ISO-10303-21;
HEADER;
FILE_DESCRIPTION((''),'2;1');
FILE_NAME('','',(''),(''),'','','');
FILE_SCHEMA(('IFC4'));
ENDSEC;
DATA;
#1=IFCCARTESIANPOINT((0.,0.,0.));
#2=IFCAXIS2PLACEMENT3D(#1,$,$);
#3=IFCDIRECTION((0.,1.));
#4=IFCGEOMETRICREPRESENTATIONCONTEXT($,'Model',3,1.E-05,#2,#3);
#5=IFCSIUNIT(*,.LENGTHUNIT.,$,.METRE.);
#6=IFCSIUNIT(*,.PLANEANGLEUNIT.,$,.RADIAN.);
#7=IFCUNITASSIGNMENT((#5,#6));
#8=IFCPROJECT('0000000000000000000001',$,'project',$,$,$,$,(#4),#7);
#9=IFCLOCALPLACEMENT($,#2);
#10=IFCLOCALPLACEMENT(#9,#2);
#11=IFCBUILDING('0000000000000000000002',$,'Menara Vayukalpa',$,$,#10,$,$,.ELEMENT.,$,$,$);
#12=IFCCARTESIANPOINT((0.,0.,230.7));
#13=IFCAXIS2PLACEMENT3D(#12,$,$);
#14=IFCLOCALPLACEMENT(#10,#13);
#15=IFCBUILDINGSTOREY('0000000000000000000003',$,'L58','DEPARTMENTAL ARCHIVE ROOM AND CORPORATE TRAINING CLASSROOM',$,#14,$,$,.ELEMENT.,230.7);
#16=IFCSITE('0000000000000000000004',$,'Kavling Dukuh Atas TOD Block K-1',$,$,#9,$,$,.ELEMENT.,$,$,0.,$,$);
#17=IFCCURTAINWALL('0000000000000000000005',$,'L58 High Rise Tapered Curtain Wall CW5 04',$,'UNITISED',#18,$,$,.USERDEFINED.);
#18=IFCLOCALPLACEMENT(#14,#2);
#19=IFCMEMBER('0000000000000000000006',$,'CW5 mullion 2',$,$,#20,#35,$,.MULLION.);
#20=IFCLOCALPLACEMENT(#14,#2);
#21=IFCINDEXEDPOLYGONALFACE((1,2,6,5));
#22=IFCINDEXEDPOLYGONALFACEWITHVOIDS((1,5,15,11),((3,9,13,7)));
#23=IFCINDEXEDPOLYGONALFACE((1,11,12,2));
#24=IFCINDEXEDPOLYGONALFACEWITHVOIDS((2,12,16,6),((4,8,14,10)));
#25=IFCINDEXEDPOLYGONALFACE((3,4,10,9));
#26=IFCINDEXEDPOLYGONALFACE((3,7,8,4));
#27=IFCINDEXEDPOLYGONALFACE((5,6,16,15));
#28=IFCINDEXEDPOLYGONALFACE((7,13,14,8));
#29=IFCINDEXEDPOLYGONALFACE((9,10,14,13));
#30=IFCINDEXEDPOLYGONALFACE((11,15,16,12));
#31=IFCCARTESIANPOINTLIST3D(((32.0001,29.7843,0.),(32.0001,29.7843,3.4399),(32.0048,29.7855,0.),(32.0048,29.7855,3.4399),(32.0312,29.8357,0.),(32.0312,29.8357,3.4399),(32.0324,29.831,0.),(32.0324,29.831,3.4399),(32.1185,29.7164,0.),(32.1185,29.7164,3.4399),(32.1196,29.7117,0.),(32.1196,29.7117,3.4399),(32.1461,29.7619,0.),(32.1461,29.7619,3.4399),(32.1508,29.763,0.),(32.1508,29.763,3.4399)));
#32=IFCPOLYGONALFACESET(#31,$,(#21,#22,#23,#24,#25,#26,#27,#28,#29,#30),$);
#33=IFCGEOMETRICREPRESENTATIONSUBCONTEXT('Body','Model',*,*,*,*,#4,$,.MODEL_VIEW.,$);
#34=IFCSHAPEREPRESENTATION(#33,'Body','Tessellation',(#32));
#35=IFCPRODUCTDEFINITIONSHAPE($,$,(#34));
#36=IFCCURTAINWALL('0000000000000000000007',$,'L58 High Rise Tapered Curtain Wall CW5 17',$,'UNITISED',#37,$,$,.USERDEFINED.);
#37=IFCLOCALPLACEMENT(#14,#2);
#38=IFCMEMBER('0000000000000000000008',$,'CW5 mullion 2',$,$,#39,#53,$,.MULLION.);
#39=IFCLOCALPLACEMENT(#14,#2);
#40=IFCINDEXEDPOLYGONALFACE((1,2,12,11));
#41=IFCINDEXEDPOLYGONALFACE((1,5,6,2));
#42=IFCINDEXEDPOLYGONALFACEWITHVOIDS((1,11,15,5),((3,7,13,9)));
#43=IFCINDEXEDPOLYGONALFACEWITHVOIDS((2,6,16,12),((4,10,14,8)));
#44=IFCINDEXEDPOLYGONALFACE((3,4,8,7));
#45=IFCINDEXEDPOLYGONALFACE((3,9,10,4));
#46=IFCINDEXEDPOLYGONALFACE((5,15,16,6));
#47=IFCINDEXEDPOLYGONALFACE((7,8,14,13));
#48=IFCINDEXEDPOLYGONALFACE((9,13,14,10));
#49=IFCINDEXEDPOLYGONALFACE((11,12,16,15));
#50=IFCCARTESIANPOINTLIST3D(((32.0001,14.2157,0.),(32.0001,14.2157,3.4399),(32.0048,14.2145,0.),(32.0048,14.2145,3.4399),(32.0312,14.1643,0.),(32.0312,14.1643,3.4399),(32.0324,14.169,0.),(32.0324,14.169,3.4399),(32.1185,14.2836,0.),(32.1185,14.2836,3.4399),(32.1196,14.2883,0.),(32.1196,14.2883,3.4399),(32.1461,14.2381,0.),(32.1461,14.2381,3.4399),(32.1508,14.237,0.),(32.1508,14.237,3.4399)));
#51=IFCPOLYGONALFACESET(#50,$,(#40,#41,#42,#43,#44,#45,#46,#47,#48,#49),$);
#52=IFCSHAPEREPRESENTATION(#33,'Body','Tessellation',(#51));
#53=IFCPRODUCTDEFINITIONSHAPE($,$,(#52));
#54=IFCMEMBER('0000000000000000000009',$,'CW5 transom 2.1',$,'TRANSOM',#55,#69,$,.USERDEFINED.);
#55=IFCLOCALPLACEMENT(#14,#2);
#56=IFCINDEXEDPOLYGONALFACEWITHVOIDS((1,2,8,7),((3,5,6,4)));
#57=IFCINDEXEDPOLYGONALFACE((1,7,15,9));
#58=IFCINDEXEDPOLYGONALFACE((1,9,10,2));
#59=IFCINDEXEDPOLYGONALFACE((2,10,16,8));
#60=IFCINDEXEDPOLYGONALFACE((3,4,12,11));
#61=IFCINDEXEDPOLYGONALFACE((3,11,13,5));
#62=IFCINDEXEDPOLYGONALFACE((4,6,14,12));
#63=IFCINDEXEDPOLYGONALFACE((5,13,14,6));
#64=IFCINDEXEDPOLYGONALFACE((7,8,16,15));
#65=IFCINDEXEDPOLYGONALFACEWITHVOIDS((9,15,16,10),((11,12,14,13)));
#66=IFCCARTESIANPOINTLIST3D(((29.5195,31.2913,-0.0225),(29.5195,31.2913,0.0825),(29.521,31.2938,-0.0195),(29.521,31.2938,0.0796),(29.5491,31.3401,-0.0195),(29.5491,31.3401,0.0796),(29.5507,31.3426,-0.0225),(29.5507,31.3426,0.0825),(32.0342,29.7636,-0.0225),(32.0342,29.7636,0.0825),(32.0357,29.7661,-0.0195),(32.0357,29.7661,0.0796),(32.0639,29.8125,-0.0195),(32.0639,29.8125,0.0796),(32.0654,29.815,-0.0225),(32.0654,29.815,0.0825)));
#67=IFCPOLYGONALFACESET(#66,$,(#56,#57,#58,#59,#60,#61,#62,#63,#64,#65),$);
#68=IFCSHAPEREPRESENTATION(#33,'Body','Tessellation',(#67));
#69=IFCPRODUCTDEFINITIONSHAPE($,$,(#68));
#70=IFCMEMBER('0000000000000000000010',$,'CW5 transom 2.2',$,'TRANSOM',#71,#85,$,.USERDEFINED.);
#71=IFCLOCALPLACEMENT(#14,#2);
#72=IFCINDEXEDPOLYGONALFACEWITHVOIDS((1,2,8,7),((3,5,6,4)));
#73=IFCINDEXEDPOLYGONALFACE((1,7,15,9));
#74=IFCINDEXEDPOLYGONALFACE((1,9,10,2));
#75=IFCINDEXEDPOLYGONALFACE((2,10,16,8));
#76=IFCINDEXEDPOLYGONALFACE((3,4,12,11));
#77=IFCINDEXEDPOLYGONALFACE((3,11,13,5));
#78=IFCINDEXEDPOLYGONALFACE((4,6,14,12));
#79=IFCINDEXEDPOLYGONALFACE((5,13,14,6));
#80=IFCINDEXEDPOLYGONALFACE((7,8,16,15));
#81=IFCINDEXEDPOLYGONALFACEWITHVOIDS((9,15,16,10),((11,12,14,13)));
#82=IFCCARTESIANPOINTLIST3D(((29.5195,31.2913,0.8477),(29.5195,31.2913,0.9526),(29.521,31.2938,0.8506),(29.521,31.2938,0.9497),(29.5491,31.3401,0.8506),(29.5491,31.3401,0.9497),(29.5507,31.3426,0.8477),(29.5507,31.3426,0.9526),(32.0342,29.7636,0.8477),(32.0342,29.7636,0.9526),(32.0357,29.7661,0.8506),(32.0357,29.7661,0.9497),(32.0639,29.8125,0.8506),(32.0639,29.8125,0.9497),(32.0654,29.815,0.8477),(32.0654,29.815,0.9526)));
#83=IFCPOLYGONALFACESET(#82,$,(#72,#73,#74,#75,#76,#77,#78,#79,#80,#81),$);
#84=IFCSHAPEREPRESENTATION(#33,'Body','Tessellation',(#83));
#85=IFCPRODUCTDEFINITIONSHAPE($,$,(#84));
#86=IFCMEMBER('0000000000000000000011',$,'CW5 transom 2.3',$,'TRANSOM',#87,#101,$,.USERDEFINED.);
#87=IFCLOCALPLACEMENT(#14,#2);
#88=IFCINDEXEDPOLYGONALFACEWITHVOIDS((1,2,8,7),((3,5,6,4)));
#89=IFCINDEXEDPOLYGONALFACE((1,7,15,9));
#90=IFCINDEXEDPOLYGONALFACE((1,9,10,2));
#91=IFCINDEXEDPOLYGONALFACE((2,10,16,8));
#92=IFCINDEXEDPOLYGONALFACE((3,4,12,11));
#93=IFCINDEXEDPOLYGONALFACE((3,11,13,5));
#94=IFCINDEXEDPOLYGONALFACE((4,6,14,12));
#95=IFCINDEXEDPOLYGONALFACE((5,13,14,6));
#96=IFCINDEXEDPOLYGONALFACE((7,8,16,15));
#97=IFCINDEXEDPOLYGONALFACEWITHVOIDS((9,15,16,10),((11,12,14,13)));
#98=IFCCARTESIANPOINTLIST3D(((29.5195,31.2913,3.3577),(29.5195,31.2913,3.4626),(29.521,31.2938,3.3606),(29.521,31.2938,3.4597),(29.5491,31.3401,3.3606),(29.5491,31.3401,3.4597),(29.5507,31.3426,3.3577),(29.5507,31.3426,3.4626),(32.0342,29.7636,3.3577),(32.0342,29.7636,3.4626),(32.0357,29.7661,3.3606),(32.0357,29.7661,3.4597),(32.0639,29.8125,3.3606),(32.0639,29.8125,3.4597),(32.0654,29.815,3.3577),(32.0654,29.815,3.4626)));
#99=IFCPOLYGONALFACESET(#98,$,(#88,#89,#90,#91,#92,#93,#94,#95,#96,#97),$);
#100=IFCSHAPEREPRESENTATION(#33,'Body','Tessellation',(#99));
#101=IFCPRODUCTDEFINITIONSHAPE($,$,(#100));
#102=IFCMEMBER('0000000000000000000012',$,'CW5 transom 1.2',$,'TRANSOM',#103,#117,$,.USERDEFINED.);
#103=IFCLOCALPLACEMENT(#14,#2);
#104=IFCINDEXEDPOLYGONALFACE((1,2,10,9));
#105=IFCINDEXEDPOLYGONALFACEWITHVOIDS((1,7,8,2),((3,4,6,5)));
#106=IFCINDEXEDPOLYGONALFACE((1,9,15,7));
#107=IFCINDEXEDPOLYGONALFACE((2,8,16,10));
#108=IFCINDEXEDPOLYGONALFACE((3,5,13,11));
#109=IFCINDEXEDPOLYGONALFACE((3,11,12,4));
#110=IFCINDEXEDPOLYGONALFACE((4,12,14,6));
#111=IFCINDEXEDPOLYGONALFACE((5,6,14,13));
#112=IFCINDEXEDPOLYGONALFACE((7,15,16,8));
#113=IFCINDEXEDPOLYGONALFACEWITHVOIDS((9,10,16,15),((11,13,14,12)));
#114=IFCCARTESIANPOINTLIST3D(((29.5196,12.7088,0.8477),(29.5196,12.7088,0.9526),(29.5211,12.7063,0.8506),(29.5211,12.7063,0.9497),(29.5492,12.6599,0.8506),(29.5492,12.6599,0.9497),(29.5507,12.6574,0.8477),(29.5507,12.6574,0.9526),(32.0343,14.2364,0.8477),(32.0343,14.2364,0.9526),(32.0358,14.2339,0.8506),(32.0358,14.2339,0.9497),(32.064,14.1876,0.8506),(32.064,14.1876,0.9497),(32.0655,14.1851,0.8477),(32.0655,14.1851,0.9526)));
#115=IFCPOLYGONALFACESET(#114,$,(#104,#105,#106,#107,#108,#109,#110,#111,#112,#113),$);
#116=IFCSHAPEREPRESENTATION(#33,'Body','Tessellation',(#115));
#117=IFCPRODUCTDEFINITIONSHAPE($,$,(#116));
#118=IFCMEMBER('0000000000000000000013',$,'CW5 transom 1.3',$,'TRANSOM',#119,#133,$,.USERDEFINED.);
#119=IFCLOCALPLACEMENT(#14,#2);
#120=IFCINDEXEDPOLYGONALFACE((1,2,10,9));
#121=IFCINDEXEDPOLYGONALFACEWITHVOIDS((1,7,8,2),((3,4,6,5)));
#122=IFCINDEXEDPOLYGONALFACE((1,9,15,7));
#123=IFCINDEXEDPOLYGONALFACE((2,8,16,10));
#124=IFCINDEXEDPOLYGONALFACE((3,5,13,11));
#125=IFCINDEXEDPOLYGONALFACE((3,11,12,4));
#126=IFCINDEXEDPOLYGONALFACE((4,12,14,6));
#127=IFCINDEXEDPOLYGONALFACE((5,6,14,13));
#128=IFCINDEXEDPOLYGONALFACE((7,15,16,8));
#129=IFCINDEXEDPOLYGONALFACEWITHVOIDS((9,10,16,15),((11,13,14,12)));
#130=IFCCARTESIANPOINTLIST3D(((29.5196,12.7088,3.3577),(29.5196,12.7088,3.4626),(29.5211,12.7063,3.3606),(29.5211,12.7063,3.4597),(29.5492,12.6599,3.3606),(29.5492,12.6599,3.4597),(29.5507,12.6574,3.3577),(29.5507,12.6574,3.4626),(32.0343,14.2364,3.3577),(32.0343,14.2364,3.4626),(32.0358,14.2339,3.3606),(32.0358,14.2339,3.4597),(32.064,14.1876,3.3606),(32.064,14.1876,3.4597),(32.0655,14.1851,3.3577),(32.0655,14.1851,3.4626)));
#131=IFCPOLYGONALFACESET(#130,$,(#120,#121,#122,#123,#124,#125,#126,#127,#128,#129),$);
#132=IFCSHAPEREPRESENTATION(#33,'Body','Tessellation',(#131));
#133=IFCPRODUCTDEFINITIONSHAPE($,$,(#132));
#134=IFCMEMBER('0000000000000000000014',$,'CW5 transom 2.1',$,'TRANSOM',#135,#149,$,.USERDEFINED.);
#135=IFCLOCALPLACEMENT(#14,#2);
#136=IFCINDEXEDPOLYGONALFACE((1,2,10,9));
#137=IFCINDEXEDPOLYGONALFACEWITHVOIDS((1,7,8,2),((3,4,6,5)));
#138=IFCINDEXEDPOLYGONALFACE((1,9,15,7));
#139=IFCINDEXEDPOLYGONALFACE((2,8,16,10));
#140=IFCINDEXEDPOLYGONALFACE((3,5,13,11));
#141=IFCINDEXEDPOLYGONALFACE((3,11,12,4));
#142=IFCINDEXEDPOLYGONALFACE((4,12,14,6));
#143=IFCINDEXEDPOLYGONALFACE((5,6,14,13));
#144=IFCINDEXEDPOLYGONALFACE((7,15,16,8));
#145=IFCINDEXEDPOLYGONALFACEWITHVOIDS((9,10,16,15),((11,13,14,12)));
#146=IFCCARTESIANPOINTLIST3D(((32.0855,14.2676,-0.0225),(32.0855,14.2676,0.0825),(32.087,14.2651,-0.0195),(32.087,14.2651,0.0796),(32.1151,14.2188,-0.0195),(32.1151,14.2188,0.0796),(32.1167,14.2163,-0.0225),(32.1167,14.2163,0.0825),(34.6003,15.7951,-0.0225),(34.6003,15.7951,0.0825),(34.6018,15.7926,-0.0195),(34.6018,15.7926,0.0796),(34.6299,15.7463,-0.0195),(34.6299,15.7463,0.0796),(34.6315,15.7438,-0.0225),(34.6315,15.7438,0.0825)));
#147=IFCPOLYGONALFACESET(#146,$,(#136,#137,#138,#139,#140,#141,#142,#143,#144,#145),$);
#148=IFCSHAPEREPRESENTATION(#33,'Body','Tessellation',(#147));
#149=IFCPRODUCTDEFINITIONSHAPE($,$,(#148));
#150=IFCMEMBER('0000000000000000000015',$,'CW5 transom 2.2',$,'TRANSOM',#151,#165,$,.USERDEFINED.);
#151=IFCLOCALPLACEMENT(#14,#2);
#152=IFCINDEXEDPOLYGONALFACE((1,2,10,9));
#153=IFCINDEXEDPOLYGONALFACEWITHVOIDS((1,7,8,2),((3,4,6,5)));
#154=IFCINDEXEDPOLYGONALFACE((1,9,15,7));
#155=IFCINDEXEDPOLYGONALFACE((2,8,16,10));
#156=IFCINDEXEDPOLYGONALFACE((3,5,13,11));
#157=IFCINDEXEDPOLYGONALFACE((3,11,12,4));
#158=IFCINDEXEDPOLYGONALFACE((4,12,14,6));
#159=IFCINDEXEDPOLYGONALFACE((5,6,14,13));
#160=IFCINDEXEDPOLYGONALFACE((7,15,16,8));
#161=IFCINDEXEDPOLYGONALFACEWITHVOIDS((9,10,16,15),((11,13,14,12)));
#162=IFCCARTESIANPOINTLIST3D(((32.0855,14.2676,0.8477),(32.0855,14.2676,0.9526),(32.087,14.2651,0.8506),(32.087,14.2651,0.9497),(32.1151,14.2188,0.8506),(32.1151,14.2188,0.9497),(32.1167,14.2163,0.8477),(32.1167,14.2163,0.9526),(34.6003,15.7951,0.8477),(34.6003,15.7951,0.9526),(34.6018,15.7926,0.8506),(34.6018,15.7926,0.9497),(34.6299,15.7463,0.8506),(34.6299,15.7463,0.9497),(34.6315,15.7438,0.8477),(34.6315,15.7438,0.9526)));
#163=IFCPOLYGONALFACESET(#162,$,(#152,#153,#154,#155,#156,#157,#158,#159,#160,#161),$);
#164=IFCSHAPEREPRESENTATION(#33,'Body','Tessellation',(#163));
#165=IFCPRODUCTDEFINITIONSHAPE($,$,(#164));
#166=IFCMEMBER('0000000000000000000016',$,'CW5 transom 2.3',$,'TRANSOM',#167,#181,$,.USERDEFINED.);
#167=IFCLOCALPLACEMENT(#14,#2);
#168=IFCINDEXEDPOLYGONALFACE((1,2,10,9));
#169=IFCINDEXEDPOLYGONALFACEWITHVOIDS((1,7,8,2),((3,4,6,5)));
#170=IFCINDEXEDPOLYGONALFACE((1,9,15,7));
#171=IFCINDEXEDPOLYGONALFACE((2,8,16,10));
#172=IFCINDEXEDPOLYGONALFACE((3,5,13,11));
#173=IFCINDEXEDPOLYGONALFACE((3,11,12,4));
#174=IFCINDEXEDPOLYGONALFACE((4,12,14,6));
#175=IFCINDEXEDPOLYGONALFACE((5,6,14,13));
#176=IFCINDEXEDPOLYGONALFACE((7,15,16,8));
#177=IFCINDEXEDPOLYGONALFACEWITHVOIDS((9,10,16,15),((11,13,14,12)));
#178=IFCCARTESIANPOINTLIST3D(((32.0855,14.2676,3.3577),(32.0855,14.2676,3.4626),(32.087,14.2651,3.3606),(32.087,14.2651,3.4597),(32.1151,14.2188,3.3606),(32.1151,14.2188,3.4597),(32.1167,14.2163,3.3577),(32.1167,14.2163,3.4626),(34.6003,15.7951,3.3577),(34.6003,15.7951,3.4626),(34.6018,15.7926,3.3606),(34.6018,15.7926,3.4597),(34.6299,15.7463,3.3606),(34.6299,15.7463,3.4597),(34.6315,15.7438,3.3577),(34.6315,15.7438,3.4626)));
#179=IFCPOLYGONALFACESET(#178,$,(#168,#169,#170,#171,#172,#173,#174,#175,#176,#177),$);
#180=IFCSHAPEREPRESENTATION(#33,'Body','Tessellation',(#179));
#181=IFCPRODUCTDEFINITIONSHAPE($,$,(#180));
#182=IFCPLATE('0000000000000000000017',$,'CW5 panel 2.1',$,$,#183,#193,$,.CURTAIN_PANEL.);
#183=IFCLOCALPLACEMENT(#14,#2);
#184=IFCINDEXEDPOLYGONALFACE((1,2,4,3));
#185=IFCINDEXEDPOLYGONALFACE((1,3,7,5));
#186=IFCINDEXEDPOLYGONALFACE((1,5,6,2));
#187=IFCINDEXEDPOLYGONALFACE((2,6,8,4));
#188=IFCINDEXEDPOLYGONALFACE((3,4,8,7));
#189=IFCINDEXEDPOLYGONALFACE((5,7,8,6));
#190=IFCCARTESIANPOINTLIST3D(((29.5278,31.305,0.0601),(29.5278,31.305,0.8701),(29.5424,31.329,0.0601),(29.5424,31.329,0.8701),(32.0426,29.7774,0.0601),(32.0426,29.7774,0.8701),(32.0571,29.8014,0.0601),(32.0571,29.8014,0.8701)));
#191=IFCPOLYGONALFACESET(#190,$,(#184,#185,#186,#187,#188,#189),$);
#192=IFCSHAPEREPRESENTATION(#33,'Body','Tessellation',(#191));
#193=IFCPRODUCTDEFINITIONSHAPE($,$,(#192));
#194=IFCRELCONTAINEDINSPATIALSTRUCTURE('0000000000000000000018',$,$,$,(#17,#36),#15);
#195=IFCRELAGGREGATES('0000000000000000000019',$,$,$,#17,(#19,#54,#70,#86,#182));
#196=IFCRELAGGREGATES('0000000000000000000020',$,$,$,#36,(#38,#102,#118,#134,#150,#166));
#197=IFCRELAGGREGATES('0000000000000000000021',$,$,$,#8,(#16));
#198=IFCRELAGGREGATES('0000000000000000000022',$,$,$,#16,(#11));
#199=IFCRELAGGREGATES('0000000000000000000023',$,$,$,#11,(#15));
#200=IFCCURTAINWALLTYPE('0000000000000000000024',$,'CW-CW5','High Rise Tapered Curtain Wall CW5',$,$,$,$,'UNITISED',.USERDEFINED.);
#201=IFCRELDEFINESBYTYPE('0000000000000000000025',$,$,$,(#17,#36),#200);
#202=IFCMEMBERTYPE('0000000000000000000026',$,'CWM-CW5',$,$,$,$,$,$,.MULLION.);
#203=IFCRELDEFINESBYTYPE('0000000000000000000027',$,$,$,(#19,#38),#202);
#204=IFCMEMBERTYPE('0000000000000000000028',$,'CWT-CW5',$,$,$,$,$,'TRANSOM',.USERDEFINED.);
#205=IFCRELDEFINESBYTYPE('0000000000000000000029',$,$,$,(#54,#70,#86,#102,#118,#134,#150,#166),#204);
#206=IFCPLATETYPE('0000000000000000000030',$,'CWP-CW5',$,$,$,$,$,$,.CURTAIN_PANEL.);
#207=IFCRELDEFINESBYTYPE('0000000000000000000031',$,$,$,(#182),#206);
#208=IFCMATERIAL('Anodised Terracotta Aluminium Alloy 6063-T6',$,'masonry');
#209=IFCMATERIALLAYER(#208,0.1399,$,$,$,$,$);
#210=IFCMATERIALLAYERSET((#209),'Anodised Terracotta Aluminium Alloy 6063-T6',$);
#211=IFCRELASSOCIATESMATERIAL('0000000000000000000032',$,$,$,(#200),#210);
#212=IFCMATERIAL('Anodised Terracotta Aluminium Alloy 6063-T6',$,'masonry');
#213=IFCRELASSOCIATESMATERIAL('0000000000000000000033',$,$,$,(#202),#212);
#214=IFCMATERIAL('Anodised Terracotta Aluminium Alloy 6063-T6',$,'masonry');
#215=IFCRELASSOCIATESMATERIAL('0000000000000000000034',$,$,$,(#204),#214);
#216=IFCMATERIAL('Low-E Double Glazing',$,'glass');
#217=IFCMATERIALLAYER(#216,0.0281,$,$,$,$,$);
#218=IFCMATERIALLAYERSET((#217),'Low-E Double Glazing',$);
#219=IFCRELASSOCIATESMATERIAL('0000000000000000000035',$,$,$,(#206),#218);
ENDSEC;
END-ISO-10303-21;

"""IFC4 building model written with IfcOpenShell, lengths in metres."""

from ifc_helpers import new_model, si_unit, direction, frame, origin, origin_2d, place, context, subcontext, project, spatial, rectangle, hollow_rectangle, extrude, material, layer, layer_set, material_profile, profile_set, type_object, element, aggregate, save


model = new_model("IFC4")

# Units and contexts
model_context = context("Model", 3, precision=1e-05, world=origin(), true_north=direction((0.0, 1.0)))
body_context = subcontext(model_context, "Body", "Model", "MODEL_VIEW")
ifc_project = project(units=[si_unit("LENGTHUNIT", "METRE"), si_unit("PLANEANGLEUNIT", "RADIAN")], contexts=[model_context])

# Site, building, storey
site_placement = place(None, origin())
site = spatial("IfcSite", under=ifc_project, at=site_placement, Name="Kavling Dukuh Atas TOD Block K-1", CompositionType="ELEMENT", RefElevation=0.0)
building_placement = place(site_placement, origin())
building = spatial("IfcBuilding", under=site, at=building_placement, Name="Menara Vayukalpa", CompositionType="ELEMENT")
storey_placement = place(building_placement, frame((0.0, 0.0, 230.7)))
storey = spatial("IfcBuildingStorey", under=building, at=storey_placement, Name="L58", Description="DEPARTMENTAL ARCHIVE ROOM AND CORPORATE TRAINING CLASSROOM", CompositionType="ELEMENT", Elevation=230.7)

# Curtain walls, members
ifc_material_1 = material(Name="Anodised Terracotta Aluminium Alloy 6063-T6", Category="masonry")
ifc_layer_1 = layer(ifc_material_1, 0.1399)
ifc_layer_set_1 = layer_set([ifc_layer_1], Name="Anodised Terracotta Aluminium Alloy 6063-T6")
curtain_wall_type = type_object("IfcCurtainWallType", Name="CW-CW5", Description="High Rise Tapered Curtain Wall CW5", ElementType="UNITISED", PredefinedType="USERDEFINED", material=ifc_layer_set_1)
curtain_wall_1_placement = place(storey_placement, origin())
curtain_wall_1 = element("IfcCurtainWall", 1, at=curtain_wall_1_placement, inside=storey, type_object=curtain_wall_type, Name="L58 High Rise Tapered Curtain Wall CW5 04", ObjectType="UNITISED", PredefinedType="USERDEFINED")
ifc_material_2 = material(Name="Anodised Terracotta Aluminium Alloy 6063-T6", Category="masonry")
ifc_material_profile_1 = material_profile(ifc_material_2, hollow_rectangle(XDim=0.0601, YDim=0.1399, WallThickness=0.0034, at=origin_2d()), Name="ALU 60x140x3.5")
ifc_profile_set_1 = profile_set([ifc_material_profile_1], Name="Anodised Terracotta Aluminium Alloy 6063-T6")
member_type_1 = type_object("IfcMemberType", Name="CWM-CW5", PredefinedType="MULLION", material=ifc_profile_set_1)
member_1_placement = place(storey_placement, frame((32.0754, 29.7737, 0.0), z_axis=(0.0, 0.0, 1.0), x_axis=(-0.51918, -0.854665, 0.0)))
member_1 = element("IfcMember", 2, at=member_1_placement, type_object=member_type_1, Name="CW5 mullion 2", PredefinedType="MULLION", context=body_context, shape_type="SweptSolid", body=[
    extrude(hollow_rectangle(XDim=0.0601, YDim=0.1399, WallThickness=0.0034, at=origin_2d()), origin(), (0.0, 0.0, 1.0), 3.4399),
])
curtain_wall_2_placement = place(storey_placement, origin())
curtain_wall_2 = element("IfcCurtainWall", 3, at=curtain_wall_2_placement, inside=storey, type_object=curtain_wall_type, Name="L58 High Rise Tapered Curtain Wall CW5 17", ObjectType="UNITISED", PredefinedType="USERDEFINED")
member_2_placement = place(storey_placement, frame((32.0754, 14.2263, 0.0), z_axis=(0.0, 0.0, 1.0), x_axis=(-0.51918, 0.854665, 0.0)))
member_2 = element("IfcMember", 4, at=member_2_placement, type_object=member_type_1, Name="CW5 mullion 2", PredefinedType="MULLION", context=body_context, shape_type="SweptSolid", body=[
    extrude(hollow_rectangle(XDim=0.0601, YDim=0.1399, WallThickness=0.0034, at=origin_2d()), origin(), (0.0, 0.0, 1.0), 3.4399),
])

# Members
ifc_material_3 = material(Name="Anodised Terracotta Aluminium Alloy 6063-T6", Category="masonry")
ifc_material_profile_2 = material_profile(ifc_material_3, hollow_rectangle(XDim=0.0601, YDim=0.105, WallThickness=0.0029, at=origin_2d()), Name="ALU 60x105x3")
ifc_profile_set_2 = profile_set([ifc_material_profile_2], Name="Anodised Terracotta Aluminium Alloy 6063-T6")
member_type_2 = type_object("IfcMemberType", Name="CWT-CW5", ElementType="TRANSOM", PredefinedType="USERDEFINED", material=ifc_profile_set_2)
member_3_placement = place(storey_placement, frame((32.0498, 29.7893, 0.03), z_axis=(-0.854661, 0.519186, 0.0), x_axis=(-0.519186, -0.854661, 0.0)))
member_3 = element("IfcMember", 5, at=member_3_placement, type_object=member_type_2, Name="CW5 transom 2.1", ObjectType="TRANSOM", PredefinedType="USERDEFINED", context=body_context, shape_type="SweptSolid", body=[
    extrude(hollow_rectangle(XDim=0.0601, YDim=0.105, WallThickness=0.0029, at=origin_2d()), origin(), (0.0, 0.0, 1.0), 2.9424),
])
member_4_placement = place(storey_placement, frame((32.0498, 29.7893, 0.9001), z_axis=(-0.854661, 0.519186, 0.0), x_axis=(-0.519186, -0.854661, 0.0)))
member_4 = element("IfcMember", 6, at=member_4_placement, type_object=member_type_2, Name="CW5 transom 2.2", ObjectType="TRANSOM", PredefinedType="USERDEFINED", context=body_context, shape_type="SweptSolid", body=[
    extrude(hollow_rectangle(XDim=0.0601, YDim=0.105, WallThickness=0.0029, at=origin_2d()), origin(), (0.0, 0.0, 1.0), 2.9424),
])
member_5_placement = place(storey_placement, frame((32.0498, 29.7893, 3.4102), z_axis=(-0.854661, 0.519186, 0.0), x_axis=(-0.519186, -0.854661, 0.0)))
member_5 = element("IfcMember", 7, at=member_5_placement, type_object=member_type_2, Name="CW5 transom 2.3", ObjectType="TRANSOM", PredefinedType="USERDEFINED", context=body_context, shape_type="SweptSolid", body=[
    extrude(hollow_rectangle(XDim=0.0601, YDim=0.105, WallThickness=0.0029, at=origin_2d()), origin(), (0.0, 0.0, 1.0), 2.9424),
])
member_6_placement = place(storey_placement, frame((29.5352, 12.6831, 0.9001), z_axis=(0.854661, 0.519186, 0.0), x_axis=(-0.519186, 0.854661, 0.0)))
member_6 = element("IfcMember", 8, at=member_6_placement, type_object=member_type_2, Name="CW5 transom 1.2", ObjectType="TRANSOM", PredefinedType="USERDEFINED", context=body_context, shape_type="SweptSolid", body=[
    extrude(hollow_rectangle(XDim=0.0601, YDim=0.105, WallThickness=0.0029, at=origin_2d()), origin(), (0.0, 0.0, 1.0), 2.9424),
])
member_7_placement = place(storey_placement, frame((29.5352, 12.6831, 3.4102), z_axis=(0.854661, 0.519186, 0.0), x_axis=(-0.519186, 0.854661, 0.0)))
member_7 = element("IfcMember", 9, at=member_7_placement, type_object=member_type_2, Name="CW5 transom 1.3", ObjectType="TRANSOM", PredefinedType="USERDEFINED", context=body_context, shape_type="SweptSolid", body=[
    extrude(hollow_rectangle(XDim=0.0601, YDim=0.105, WallThickness=0.0029, at=origin_2d()), origin(), (0.0, 0.0, 1.0), 2.9424),
])
member_8_placement = place(storey_placement, frame((32.1011, 14.2419, 0.03), z_axis=(0.854684, 0.519149, 0.0), x_axis=(-0.519149, 0.854684, 0.0)))
member_8 = element("IfcMember", 10, at=member_8_placement, type_object=member_type_2, Name="CW5 transom 2.1", ObjectType="TRANSOM", PredefinedType="USERDEFINED", context=body_context, shape_type="SweptSolid", body=[
    extrude(hollow_rectangle(XDim=0.0601, YDim=0.105, WallThickness=0.0029, at=origin_2d()), origin(), (0.0, 0.0, 1.0), 2.9424),
])
member_9_placement = place(storey_placement, frame((32.1011, 14.2419, 0.9001), z_axis=(0.854684, 0.519149, 0.0), x_axis=(-0.519149, 0.854684, 0.0)))
member_9 = element("IfcMember", 11, at=member_9_placement, type_object=member_type_2, Name="CW5 transom 2.2", ObjectType="TRANSOM", PredefinedType="USERDEFINED", context=body_context, shape_type="SweptSolid", body=[
    extrude(hollow_rectangle(XDim=0.0601, YDim=0.105, WallThickness=0.0029, at=origin_2d()), origin(), (0.0, 0.0, 1.0), 2.9424),
])
member_10_placement = place(storey_placement, frame((32.1011, 14.2419, 3.4102), z_axis=(0.854684, 0.519149, 0.0), x_axis=(-0.519149, 0.854684, 0.0)))
member_10 = element("IfcMember", 12, at=member_10_placement, type_object=member_type_2, Name="CW5 transom 2.3", ObjectType="TRANSOM", PredefinedType="USERDEFINED", context=body_context, shape_type="SweptSolid", body=[
    extrude(hollow_rectangle(XDim=0.0601, YDim=0.105, WallThickness=0.0029, at=origin_2d()), origin(), (0.0, 0.0, 1.0), 2.9424),
])

# Plate
ifc_material_4 = material(Name="Low-E Double Glazing", Category="glass")
ifc_layer_2 = layer(ifc_material_4, 0.0281)
ifc_layer_set_2 = layer_set([ifc_layer_2], Name="Low-E Double Glazing")
plate_type = type_object("IfcPlateType", Name="CWP-CW5", PredefinedType="CURTAIN_PANEL", material=ifc_layer_set_2)
plate_1_placement = place(storey_placement, frame((30.7925, 30.5532, 0.0601), z_axis=(0.0, 0.0, 1.0), x_axis=(-0.854665, 0.51918, 0.0)))
plate_1 = element("IfcPlate", 13, at=plate_1_placement, type_object=plate_type, Name="CW5 panel 2.1", PredefinedType="CURTAIN_PANEL", context=body_context, shape_type="SweptSolid", body=[
    extrude(rectangle(XDim=2.9424, YDim=0.0281, at=origin_2d()), origin(), (0.0, 0.0, 1.0), 0.8101),
])
aggregate(curtain_wall_1, [member_1, member_3, member_4, member_5, plate_1])
aggregate(curtain_wall_2, [member_2, member_6, member_7, member_8, member_9, member_10])

save(model, "model.ifc")
